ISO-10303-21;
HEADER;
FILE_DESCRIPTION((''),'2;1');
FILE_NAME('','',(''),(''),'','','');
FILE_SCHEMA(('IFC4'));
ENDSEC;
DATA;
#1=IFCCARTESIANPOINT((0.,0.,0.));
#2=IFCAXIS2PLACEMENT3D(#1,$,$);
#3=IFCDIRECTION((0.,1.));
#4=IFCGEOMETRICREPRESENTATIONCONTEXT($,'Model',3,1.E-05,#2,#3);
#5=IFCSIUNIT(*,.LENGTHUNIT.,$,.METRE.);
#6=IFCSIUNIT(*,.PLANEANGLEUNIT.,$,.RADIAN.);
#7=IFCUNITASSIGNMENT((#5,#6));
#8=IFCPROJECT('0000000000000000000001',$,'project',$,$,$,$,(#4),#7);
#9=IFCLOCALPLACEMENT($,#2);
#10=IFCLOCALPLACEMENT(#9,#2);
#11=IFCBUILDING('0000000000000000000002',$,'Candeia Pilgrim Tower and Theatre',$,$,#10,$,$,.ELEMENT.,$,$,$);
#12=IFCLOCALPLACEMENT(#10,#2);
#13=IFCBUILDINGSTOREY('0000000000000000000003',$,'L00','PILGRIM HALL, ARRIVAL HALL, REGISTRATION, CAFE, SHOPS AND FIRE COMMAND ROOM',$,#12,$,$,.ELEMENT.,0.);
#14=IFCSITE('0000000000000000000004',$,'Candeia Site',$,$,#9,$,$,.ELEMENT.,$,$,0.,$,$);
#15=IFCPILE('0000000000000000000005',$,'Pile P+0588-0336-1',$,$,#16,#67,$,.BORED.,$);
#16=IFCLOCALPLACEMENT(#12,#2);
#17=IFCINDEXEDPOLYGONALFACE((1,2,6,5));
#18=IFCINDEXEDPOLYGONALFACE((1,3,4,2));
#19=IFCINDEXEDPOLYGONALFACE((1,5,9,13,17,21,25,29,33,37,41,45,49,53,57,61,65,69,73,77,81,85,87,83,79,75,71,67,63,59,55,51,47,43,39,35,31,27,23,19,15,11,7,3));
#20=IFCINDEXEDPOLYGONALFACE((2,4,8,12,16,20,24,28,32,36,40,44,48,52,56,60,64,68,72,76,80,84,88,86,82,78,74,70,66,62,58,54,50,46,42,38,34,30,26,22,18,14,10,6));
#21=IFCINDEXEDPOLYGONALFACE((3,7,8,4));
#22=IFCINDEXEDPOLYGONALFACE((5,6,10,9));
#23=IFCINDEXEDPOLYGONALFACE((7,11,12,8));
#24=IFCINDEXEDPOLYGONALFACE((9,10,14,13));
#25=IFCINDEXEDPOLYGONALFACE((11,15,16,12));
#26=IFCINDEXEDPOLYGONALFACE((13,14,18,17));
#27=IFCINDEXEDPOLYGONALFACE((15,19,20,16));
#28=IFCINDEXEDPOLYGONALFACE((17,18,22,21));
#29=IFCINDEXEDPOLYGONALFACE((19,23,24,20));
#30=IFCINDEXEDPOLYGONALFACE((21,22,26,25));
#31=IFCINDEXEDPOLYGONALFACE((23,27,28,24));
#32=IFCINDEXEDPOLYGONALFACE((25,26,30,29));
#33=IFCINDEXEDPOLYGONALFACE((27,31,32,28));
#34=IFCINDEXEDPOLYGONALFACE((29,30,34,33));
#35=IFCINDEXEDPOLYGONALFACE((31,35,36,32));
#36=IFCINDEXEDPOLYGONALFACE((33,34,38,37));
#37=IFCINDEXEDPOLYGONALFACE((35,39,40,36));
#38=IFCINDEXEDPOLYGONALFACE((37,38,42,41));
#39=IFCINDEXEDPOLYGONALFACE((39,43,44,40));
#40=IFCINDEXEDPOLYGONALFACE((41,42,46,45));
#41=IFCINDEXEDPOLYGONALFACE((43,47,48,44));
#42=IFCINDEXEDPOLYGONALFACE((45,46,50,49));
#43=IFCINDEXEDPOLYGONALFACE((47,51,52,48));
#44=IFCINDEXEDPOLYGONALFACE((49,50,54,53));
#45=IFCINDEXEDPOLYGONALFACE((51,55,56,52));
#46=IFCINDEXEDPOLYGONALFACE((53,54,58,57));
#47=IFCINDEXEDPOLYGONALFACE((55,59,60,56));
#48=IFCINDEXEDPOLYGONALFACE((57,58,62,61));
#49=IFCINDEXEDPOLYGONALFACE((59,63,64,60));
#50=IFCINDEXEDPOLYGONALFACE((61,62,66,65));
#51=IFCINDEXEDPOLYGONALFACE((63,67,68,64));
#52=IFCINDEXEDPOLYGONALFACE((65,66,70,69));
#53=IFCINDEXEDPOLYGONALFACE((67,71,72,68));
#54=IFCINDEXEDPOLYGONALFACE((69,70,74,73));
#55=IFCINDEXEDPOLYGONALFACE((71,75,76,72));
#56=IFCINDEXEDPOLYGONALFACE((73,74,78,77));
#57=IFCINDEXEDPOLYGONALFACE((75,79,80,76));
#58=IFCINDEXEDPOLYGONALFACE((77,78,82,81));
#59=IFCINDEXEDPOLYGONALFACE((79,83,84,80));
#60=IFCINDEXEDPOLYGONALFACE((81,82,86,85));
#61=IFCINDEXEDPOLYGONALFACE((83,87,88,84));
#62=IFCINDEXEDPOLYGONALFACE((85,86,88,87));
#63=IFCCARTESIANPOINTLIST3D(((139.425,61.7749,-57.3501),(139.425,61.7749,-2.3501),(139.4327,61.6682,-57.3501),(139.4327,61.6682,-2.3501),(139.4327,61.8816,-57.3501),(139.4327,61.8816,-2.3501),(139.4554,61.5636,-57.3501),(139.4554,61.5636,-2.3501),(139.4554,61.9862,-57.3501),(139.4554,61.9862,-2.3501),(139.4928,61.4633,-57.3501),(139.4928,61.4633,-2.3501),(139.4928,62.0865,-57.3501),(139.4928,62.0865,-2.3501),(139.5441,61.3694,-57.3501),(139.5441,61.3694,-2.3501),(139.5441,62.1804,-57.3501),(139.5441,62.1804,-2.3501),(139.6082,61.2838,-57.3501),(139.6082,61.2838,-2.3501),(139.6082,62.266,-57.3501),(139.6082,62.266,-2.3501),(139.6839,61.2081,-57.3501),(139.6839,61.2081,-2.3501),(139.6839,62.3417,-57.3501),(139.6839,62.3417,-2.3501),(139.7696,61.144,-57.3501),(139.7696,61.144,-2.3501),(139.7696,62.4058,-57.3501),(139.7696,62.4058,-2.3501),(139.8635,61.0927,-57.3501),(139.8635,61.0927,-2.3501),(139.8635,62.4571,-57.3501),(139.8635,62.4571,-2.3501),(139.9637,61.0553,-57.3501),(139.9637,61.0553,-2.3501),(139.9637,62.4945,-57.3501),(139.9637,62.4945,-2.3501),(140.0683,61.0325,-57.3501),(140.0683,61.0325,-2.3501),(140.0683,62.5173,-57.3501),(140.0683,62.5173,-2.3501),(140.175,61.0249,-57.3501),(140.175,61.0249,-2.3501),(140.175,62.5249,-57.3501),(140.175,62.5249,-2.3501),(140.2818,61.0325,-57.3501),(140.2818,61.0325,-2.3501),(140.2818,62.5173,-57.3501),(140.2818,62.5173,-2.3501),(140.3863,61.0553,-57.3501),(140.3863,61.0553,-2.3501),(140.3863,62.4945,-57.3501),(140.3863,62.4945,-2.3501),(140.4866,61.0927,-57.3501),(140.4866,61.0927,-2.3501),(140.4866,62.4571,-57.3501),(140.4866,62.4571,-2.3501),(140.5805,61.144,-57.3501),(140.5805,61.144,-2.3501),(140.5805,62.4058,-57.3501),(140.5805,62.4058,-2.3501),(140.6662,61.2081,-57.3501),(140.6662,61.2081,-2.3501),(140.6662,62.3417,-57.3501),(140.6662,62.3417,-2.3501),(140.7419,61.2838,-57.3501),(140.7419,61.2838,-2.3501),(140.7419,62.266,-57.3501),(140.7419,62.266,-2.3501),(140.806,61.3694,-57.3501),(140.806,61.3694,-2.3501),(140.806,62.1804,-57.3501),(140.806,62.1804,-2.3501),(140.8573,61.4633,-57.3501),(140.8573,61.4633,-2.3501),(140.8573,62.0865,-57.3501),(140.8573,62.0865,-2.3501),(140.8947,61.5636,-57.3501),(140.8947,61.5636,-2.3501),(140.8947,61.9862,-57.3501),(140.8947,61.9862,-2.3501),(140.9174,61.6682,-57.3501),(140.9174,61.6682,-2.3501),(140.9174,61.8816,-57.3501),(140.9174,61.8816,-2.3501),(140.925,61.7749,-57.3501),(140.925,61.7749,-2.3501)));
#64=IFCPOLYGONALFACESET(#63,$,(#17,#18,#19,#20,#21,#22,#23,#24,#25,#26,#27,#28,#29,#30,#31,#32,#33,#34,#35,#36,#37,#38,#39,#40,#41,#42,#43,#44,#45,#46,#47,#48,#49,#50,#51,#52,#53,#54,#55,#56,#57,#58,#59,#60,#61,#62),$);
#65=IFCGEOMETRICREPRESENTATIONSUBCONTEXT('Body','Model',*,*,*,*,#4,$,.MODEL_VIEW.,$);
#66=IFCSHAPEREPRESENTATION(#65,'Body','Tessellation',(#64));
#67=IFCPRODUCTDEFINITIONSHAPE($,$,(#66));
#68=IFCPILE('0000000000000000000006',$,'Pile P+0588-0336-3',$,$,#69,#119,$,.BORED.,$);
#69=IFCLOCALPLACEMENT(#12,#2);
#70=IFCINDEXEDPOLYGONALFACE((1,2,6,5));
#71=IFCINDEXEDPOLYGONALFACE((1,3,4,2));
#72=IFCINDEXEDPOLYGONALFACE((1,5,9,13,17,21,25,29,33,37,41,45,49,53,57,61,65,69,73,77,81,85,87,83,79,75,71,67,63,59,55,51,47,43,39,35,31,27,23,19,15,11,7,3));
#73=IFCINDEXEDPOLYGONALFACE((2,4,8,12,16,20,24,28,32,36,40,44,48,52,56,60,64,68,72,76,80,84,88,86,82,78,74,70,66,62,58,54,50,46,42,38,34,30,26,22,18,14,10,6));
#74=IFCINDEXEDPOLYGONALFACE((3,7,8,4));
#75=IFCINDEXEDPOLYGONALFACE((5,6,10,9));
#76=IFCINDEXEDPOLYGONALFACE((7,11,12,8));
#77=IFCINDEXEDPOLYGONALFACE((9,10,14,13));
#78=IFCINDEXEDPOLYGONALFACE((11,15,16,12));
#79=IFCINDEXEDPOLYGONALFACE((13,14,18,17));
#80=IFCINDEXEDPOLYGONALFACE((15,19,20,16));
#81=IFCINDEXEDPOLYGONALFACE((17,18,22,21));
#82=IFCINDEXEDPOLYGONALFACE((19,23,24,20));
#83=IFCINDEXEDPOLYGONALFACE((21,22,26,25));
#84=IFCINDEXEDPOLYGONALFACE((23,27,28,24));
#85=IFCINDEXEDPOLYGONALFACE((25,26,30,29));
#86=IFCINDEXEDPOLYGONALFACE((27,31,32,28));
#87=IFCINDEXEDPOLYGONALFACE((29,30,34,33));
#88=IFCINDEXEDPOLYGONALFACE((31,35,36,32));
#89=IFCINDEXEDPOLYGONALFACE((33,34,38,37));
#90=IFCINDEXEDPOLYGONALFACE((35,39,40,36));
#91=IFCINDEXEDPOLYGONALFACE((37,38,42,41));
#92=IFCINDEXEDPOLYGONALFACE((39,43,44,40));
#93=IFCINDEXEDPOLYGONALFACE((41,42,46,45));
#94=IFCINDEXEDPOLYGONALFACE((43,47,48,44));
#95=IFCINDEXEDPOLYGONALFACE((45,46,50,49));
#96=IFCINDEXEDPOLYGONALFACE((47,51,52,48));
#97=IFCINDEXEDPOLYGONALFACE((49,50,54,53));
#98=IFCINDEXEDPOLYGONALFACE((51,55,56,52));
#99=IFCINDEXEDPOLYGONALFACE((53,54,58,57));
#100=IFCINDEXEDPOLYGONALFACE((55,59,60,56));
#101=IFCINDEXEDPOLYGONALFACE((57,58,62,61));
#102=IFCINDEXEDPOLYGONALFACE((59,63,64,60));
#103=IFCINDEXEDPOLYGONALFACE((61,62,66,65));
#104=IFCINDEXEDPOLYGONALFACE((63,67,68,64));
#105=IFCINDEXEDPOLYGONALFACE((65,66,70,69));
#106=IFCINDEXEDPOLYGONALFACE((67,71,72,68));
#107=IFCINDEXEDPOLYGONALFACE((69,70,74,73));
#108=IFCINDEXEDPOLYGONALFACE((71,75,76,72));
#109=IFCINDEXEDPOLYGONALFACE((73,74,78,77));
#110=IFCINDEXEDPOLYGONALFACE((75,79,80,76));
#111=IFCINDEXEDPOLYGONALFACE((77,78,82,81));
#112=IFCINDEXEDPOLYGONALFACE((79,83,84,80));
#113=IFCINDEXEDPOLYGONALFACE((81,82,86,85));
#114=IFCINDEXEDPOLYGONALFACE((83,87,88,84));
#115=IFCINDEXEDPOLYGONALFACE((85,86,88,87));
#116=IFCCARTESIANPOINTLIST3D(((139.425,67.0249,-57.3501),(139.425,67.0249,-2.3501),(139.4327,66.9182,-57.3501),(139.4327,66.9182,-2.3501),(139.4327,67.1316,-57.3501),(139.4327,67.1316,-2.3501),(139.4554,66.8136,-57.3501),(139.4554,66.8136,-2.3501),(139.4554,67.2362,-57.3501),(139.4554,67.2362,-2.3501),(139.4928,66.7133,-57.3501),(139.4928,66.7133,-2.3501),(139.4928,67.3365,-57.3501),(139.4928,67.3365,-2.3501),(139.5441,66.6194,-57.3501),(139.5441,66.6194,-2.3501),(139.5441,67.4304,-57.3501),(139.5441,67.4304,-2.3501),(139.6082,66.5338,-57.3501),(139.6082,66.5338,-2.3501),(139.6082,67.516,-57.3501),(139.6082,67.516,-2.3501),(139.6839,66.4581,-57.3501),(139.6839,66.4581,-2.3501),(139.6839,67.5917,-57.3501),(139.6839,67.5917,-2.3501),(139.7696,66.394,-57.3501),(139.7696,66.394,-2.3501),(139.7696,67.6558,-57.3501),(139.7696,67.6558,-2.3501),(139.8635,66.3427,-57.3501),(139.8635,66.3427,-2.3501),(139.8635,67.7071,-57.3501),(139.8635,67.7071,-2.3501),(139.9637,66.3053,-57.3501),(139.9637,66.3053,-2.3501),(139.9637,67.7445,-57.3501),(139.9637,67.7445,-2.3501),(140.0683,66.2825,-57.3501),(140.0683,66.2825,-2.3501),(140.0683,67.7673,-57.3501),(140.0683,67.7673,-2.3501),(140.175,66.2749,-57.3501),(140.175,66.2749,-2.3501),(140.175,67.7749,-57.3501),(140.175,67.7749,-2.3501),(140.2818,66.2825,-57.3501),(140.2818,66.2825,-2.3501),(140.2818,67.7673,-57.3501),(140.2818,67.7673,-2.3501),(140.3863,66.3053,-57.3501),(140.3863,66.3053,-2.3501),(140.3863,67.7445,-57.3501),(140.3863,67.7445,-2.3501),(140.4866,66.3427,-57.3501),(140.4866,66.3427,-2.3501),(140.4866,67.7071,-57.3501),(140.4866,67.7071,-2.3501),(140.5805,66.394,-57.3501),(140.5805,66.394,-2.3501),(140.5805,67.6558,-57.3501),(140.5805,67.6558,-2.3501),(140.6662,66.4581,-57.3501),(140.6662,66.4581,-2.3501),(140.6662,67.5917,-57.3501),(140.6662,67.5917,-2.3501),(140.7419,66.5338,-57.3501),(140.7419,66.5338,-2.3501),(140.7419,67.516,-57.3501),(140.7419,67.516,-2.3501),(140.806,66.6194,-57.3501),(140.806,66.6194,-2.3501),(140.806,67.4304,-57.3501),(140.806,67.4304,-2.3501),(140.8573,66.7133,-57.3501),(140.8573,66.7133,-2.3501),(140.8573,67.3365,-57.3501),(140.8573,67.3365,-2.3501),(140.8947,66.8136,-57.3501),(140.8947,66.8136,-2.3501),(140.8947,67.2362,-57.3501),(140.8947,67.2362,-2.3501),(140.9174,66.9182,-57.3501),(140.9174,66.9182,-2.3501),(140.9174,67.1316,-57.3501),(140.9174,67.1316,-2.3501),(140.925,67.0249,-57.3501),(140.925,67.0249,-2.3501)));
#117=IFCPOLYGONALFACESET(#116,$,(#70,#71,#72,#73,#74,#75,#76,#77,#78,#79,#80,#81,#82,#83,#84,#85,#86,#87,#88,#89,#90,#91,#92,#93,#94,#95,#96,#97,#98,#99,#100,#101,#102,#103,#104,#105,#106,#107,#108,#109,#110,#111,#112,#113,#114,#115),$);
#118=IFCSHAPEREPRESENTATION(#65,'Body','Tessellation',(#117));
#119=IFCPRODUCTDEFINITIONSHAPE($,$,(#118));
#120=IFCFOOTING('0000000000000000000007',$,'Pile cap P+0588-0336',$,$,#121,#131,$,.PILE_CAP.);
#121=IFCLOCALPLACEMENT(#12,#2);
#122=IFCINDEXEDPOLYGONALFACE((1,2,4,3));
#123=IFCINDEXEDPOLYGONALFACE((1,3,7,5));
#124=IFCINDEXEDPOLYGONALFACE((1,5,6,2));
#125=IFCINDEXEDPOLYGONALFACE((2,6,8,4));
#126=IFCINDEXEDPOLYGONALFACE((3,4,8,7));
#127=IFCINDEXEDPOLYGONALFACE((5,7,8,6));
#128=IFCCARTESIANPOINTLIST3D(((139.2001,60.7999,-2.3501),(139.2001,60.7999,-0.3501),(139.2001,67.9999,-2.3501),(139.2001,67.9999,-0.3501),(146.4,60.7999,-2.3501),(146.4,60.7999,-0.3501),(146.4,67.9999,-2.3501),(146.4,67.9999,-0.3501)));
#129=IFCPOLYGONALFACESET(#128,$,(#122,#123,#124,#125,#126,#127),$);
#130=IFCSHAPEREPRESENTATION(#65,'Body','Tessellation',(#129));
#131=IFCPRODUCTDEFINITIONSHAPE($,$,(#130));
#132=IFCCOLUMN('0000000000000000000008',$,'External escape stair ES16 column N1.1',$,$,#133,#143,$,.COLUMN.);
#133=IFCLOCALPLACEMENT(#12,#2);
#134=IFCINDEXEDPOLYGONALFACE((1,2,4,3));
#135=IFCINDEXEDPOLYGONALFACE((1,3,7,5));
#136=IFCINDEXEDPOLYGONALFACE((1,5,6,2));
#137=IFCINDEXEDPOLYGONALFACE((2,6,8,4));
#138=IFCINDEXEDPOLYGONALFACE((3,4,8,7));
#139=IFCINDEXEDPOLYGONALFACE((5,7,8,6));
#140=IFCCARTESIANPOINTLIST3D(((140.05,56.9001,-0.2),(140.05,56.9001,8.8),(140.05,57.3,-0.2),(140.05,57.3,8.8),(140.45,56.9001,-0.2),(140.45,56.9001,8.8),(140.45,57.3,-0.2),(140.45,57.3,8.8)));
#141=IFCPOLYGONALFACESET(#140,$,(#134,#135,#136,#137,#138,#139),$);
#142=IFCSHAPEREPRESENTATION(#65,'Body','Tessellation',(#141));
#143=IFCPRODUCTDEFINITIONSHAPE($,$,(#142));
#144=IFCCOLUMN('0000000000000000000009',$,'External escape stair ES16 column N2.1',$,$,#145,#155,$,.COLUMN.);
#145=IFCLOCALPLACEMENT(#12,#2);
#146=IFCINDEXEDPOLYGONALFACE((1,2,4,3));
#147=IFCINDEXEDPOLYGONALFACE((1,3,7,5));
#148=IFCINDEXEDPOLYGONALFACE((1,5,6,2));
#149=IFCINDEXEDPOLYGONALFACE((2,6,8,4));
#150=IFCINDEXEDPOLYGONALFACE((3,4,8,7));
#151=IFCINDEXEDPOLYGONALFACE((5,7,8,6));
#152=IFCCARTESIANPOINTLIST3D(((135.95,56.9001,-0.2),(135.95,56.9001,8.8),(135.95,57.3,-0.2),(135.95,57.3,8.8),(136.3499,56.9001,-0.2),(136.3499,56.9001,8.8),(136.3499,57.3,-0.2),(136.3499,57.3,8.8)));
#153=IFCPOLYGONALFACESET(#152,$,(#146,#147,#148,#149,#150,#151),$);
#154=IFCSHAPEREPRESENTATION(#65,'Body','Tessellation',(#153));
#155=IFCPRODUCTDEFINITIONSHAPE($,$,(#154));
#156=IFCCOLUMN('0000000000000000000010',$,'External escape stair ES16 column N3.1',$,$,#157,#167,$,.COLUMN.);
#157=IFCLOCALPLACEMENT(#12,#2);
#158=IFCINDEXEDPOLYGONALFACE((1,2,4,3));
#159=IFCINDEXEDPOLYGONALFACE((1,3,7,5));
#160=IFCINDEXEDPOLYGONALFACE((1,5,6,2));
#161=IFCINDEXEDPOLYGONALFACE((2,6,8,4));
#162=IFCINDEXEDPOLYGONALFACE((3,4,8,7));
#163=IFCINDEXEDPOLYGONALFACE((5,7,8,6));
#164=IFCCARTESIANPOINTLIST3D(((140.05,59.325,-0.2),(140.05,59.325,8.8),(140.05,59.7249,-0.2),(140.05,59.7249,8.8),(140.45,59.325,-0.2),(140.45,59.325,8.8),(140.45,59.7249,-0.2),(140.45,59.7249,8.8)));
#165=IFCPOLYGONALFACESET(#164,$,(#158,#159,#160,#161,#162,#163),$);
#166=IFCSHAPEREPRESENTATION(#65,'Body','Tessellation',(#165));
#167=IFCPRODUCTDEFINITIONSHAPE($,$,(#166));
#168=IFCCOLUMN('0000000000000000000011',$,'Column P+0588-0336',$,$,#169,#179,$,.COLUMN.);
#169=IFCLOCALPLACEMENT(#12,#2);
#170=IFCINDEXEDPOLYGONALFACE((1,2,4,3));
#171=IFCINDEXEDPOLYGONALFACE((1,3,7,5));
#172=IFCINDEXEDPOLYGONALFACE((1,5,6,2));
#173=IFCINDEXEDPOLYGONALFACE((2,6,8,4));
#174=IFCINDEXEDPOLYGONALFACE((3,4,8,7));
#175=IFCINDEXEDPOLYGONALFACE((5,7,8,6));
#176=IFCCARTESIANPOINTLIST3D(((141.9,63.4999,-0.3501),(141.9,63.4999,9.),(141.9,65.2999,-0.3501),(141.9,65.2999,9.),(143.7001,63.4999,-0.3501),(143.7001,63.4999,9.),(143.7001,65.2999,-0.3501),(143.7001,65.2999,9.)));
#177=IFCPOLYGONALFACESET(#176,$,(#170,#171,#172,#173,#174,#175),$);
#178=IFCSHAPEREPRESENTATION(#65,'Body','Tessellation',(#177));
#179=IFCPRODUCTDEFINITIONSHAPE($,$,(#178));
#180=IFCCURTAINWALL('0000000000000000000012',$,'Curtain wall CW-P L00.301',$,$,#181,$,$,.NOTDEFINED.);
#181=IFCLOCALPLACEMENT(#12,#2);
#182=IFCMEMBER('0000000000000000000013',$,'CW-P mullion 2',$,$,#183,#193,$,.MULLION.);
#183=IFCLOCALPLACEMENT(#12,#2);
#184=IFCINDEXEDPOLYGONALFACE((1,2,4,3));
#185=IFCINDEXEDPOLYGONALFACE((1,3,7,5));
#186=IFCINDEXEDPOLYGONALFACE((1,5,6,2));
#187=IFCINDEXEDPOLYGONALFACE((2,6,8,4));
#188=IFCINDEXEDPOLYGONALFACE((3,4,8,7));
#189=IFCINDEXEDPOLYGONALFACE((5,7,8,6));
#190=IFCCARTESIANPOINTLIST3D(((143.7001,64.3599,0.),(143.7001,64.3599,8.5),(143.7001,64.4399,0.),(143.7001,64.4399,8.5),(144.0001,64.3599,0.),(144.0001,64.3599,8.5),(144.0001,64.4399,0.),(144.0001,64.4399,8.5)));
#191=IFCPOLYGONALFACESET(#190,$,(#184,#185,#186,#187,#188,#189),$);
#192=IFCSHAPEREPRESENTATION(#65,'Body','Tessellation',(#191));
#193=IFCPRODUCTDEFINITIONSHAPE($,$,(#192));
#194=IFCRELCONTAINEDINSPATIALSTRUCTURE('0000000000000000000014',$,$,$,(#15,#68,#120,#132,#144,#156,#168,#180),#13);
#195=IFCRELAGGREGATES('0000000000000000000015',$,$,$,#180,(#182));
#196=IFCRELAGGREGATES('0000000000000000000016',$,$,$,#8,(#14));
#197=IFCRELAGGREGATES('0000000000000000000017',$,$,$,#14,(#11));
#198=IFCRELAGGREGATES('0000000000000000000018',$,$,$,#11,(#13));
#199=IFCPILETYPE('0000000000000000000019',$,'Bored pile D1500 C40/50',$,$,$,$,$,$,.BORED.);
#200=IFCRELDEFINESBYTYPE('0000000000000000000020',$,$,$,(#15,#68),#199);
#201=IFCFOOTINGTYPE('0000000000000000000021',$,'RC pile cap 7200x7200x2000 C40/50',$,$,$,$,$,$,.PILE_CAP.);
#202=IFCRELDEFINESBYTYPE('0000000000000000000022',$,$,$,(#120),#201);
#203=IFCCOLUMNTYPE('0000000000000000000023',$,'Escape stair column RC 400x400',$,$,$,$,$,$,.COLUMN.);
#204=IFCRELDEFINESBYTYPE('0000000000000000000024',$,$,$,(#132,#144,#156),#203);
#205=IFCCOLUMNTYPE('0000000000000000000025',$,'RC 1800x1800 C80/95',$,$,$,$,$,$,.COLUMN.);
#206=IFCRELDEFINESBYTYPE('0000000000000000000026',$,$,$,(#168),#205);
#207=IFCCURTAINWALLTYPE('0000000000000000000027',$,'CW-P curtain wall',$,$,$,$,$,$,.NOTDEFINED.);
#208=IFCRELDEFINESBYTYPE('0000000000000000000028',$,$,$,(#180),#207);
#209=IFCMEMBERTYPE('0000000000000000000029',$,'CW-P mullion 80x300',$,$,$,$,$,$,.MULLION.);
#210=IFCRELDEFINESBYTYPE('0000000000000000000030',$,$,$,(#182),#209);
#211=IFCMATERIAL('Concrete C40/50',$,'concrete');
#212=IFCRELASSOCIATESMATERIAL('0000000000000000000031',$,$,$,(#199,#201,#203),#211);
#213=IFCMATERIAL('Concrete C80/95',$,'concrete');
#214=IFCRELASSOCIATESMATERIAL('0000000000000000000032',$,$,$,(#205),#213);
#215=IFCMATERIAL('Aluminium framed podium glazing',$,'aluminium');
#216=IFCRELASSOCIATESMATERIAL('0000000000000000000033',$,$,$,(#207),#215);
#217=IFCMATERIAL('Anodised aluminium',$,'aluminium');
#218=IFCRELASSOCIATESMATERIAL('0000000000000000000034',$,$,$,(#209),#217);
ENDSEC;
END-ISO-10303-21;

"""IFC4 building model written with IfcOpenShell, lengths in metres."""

from ifc_helpers import new_model, si_unit, direction, frame, origin, origin_2d, place, context, subcontext, project, spatial, rectangle, circle, extrude, material, material_profile, profile_set, type_object, element, aggregate, save


model = new_model("IFC4")

# Units and contexts
model_context = context("Model", 3, precision=1e-05, world=origin(), true_north=direction((0.0, 1.0)))
body_context = subcontext(model_context, "Body", "Model", "MODEL_VIEW")
ifc_project = project(units=[si_unit("LENGTHUNIT", "METRE"), si_unit("PLANEANGLEUNIT", "RADIAN")], contexts=[model_context])

# Site, building, storey
site_placement = place(None, origin())
site = spatial("IfcSite", under=ifc_project, at=site_placement, Name="Candeia Site", CompositionType="ELEMENT", RefElevation=0.0)
building_placement = place(site_placement, origin())
building = spatial("IfcBuilding", under=site, at=building_placement, Name="Candeia Pilgrim Tower and Theatre", CompositionType="ELEMENT")
storey_placement = place(building_placement, origin())
storey = spatial("IfcBuildingStorey", under=building, at=storey_placement, Name="L00", Description="PILGRIM HALL, ARRIVAL HALL, REGISTRATION, CAFE, SHOPS AND FIRE COMMAND ROOM", CompositionType="ELEMENT", Elevation=0.0)

# Piles
ifc_material_1 = material(Name="Concrete C40/50", Category="concrete")
ifc_material_profile_1 = material_profile(ifc_material_1, circle(Radius=0.75, at=origin_2d()))
ifc_profile_set_1 = profile_set([ifc_material_profile_1], Name="Concrete C40/50")
pile_type = type_object("IfcPileType", Name="Bored pile D1500 C40/50", PredefinedType="BORED", material=ifc_profile_set_1)
for number, where, z_axis, x_axis, name in (
    (1, (140.175, 61.7749, -2.3501), (0.0, 0.0, -1.0), (1.0, 0.0, 0.0), "Pile P+0588-0336-1"),
    (2, (140.175, 67.0249, -2.3501), (0.0, 0.0, -1.0), (1.0, 0.0, 0.0), "Pile P+0588-0336-3"),
):
    element("IfcPile", number, at=place(storey_placement, frame(where, z_axis=z_axis, x_axis=x_axis)), inside=storey, type_object=pile_type, Name=name, PredefinedType="BORED", context=body_context, shape_type="SweptSolid", body=[
        extrude(circle(Radius=0.75, at=origin_2d()), origin(), (0.0, 0.0, 1.0), 55.0),
    ])

# Footing
footing_type = type_object("IfcFootingType", Name="RC pile cap 7200x7200x2000 C40/50", PredefinedType="PILE_CAP", material=ifc_material_1)
footing_placement = place(storey_placement, frame((142.8, 64.3999, -2.3501), z_axis=(0.0, 0.0, 1.0), x_axis=(1.0, 0.0, 0.0)))
element("IfcFooting", 3, at=footing_placement, inside=storey, type_object=footing_type, Name="Pile cap P+0588-0336", PredefinedType="PILE_CAP", context=body_context, shape_type="SweptSolid", body=[
    extrude(rectangle(XDim=7.2, YDim=7.2, at=origin_2d()), origin(), (0.0, 0.0, 1.0), 2.0),
])

# Columns
ifc_material_profile_2 = material_profile(ifc_material_1, rectangle(XDim=0.3999, YDim=0.3999, at=origin_2d()))
ifc_profile_set_2 = profile_set([ifc_material_profile_2], Name="Concrete C40/50")
column_type_1 = type_object("IfcColumnType", Name="Escape stair column RC 400x400", PredefinedType="COLUMN", material=ifc_profile_set_2)
for number, where, z_axis, x_axis, name in (
    (4, (140.25, 57.1001, -0.2), (0.0, 0.0, 1.0), (1.0, 0.0, 0.0), "External escape stair ES16 column N1.1"),
    (5, (136.1499, 57.1001, -0.2), (0.0, 0.0, 1.0), (1.0, 0.0, 0.0), "External escape stair ES16 column N2.1"),
    (6, (140.25, 59.5249, -0.2), (0.0, 0.0, 1.0), (1.0, 0.0, 0.0), "External escape stair ES16 column N3.1"),
):
    element("IfcColumn", number, at=place(storey_placement, frame(where, z_axis=z_axis, x_axis=x_axis)), inside=storey, type_object=column_type_1, Name=name, PredefinedType="COLUMN", context=body_context, shape_type="SweptSolid", body=[
        extrude(rectangle(XDim=0.3999, YDim=0.3999, at=origin_2d()), origin(), (0.0, 0.0, 1.0), 9.0),
    ])
ifc_material_2 = material(Name="Concrete C80/95", Category="concrete")
ifc_material_profile_3 = material_profile(ifc_material_2, rectangle(XDim=1.8, YDim=1.8, at=origin_2d()))
ifc_profile_set_3 = profile_set([ifc_material_profile_3], Name="Concrete C80/95")
column_type_2 = type_object("IfcColumnType", Name="RC 1800x1800 C80/95", PredefinedType="COLUMN", material=ifc_profile_set_3)
column_placement = place(storey_placement, frame((142.8, 64.3999, -0.3501), z_axis=(0.0, 0.0, 1.0), x_axis=(1.0, 0.0, 0.0)))
element("IfcColumn", 7, at=column_placement, inside=storey, type_object=column_type_2, Name="Column P+0588-0336", PredefinedType="COLUMN", context=body_context, shape_type="SweptSolid", body=[
    extrude(rectangle(XDim=1.8, YDim=1.8, at=origin_2d()), origin(), (0.0, 0.0, 1.0), 9.3501),
])

# Curtain wall, member
ifc_material_3 = material(Name="Aluminium framed podium glazing", Category="aluminium")
curtain_wall_type = type_object("IfcCurtainWallType", Name="CW-P curtain wall", PredefinedType="NOTDEFINED", material=ifc_material_3)
curtain_wall_1_placement = place(storey_placement, origin())
curtain_wall_1 = element("IfcCurtainWall", 8, at=curtain_wall_1_placement, inside=storey, type_object=curtain_wall_type, Name="Curtain wall CW-P L00.301", PredefinedType="NOTDEFINED")
ifc_material_4 = material(Name="Anodised aluminium", Category="aluminium")
ifc_material_profile_4 = material_profile(ifc_material_4, rectangle(XDim=0.0801, YDim=0.3, at=origin_2d()))
ifc_profile_set_4 = profile_set([ifc_material_profile_4], Name="Anodised aluminium")
member_type_1 = type_object("IfcMemberType", Name="CW-P mullion 80x300", PredefinedType="MULLION", material=ifc_profile_set_4)
member_1_placement = place(storey_placement, frame((143.8501, 64.3999, 0.0), z_axis=(0.0, 0.0, 1.0), x_axis=(0.0, -1.0, 0.0)))
member_1 = element("IfcMember", 9, at=member_1_placement, type_object=member_type_1, Name="CW-P mullion 2", PredefinedType="MULLION", context=body_context, shape_type="SweptSolid", body=[
    extrude(rectangle(XDim=0.0801, YDim=0.3, at=origin_2d()), origin(), (0.0, 0.0, 1.0), 8.5),
])

aggregate(curtain_wall_1, [member_1])

save(model, "model.ifc")
